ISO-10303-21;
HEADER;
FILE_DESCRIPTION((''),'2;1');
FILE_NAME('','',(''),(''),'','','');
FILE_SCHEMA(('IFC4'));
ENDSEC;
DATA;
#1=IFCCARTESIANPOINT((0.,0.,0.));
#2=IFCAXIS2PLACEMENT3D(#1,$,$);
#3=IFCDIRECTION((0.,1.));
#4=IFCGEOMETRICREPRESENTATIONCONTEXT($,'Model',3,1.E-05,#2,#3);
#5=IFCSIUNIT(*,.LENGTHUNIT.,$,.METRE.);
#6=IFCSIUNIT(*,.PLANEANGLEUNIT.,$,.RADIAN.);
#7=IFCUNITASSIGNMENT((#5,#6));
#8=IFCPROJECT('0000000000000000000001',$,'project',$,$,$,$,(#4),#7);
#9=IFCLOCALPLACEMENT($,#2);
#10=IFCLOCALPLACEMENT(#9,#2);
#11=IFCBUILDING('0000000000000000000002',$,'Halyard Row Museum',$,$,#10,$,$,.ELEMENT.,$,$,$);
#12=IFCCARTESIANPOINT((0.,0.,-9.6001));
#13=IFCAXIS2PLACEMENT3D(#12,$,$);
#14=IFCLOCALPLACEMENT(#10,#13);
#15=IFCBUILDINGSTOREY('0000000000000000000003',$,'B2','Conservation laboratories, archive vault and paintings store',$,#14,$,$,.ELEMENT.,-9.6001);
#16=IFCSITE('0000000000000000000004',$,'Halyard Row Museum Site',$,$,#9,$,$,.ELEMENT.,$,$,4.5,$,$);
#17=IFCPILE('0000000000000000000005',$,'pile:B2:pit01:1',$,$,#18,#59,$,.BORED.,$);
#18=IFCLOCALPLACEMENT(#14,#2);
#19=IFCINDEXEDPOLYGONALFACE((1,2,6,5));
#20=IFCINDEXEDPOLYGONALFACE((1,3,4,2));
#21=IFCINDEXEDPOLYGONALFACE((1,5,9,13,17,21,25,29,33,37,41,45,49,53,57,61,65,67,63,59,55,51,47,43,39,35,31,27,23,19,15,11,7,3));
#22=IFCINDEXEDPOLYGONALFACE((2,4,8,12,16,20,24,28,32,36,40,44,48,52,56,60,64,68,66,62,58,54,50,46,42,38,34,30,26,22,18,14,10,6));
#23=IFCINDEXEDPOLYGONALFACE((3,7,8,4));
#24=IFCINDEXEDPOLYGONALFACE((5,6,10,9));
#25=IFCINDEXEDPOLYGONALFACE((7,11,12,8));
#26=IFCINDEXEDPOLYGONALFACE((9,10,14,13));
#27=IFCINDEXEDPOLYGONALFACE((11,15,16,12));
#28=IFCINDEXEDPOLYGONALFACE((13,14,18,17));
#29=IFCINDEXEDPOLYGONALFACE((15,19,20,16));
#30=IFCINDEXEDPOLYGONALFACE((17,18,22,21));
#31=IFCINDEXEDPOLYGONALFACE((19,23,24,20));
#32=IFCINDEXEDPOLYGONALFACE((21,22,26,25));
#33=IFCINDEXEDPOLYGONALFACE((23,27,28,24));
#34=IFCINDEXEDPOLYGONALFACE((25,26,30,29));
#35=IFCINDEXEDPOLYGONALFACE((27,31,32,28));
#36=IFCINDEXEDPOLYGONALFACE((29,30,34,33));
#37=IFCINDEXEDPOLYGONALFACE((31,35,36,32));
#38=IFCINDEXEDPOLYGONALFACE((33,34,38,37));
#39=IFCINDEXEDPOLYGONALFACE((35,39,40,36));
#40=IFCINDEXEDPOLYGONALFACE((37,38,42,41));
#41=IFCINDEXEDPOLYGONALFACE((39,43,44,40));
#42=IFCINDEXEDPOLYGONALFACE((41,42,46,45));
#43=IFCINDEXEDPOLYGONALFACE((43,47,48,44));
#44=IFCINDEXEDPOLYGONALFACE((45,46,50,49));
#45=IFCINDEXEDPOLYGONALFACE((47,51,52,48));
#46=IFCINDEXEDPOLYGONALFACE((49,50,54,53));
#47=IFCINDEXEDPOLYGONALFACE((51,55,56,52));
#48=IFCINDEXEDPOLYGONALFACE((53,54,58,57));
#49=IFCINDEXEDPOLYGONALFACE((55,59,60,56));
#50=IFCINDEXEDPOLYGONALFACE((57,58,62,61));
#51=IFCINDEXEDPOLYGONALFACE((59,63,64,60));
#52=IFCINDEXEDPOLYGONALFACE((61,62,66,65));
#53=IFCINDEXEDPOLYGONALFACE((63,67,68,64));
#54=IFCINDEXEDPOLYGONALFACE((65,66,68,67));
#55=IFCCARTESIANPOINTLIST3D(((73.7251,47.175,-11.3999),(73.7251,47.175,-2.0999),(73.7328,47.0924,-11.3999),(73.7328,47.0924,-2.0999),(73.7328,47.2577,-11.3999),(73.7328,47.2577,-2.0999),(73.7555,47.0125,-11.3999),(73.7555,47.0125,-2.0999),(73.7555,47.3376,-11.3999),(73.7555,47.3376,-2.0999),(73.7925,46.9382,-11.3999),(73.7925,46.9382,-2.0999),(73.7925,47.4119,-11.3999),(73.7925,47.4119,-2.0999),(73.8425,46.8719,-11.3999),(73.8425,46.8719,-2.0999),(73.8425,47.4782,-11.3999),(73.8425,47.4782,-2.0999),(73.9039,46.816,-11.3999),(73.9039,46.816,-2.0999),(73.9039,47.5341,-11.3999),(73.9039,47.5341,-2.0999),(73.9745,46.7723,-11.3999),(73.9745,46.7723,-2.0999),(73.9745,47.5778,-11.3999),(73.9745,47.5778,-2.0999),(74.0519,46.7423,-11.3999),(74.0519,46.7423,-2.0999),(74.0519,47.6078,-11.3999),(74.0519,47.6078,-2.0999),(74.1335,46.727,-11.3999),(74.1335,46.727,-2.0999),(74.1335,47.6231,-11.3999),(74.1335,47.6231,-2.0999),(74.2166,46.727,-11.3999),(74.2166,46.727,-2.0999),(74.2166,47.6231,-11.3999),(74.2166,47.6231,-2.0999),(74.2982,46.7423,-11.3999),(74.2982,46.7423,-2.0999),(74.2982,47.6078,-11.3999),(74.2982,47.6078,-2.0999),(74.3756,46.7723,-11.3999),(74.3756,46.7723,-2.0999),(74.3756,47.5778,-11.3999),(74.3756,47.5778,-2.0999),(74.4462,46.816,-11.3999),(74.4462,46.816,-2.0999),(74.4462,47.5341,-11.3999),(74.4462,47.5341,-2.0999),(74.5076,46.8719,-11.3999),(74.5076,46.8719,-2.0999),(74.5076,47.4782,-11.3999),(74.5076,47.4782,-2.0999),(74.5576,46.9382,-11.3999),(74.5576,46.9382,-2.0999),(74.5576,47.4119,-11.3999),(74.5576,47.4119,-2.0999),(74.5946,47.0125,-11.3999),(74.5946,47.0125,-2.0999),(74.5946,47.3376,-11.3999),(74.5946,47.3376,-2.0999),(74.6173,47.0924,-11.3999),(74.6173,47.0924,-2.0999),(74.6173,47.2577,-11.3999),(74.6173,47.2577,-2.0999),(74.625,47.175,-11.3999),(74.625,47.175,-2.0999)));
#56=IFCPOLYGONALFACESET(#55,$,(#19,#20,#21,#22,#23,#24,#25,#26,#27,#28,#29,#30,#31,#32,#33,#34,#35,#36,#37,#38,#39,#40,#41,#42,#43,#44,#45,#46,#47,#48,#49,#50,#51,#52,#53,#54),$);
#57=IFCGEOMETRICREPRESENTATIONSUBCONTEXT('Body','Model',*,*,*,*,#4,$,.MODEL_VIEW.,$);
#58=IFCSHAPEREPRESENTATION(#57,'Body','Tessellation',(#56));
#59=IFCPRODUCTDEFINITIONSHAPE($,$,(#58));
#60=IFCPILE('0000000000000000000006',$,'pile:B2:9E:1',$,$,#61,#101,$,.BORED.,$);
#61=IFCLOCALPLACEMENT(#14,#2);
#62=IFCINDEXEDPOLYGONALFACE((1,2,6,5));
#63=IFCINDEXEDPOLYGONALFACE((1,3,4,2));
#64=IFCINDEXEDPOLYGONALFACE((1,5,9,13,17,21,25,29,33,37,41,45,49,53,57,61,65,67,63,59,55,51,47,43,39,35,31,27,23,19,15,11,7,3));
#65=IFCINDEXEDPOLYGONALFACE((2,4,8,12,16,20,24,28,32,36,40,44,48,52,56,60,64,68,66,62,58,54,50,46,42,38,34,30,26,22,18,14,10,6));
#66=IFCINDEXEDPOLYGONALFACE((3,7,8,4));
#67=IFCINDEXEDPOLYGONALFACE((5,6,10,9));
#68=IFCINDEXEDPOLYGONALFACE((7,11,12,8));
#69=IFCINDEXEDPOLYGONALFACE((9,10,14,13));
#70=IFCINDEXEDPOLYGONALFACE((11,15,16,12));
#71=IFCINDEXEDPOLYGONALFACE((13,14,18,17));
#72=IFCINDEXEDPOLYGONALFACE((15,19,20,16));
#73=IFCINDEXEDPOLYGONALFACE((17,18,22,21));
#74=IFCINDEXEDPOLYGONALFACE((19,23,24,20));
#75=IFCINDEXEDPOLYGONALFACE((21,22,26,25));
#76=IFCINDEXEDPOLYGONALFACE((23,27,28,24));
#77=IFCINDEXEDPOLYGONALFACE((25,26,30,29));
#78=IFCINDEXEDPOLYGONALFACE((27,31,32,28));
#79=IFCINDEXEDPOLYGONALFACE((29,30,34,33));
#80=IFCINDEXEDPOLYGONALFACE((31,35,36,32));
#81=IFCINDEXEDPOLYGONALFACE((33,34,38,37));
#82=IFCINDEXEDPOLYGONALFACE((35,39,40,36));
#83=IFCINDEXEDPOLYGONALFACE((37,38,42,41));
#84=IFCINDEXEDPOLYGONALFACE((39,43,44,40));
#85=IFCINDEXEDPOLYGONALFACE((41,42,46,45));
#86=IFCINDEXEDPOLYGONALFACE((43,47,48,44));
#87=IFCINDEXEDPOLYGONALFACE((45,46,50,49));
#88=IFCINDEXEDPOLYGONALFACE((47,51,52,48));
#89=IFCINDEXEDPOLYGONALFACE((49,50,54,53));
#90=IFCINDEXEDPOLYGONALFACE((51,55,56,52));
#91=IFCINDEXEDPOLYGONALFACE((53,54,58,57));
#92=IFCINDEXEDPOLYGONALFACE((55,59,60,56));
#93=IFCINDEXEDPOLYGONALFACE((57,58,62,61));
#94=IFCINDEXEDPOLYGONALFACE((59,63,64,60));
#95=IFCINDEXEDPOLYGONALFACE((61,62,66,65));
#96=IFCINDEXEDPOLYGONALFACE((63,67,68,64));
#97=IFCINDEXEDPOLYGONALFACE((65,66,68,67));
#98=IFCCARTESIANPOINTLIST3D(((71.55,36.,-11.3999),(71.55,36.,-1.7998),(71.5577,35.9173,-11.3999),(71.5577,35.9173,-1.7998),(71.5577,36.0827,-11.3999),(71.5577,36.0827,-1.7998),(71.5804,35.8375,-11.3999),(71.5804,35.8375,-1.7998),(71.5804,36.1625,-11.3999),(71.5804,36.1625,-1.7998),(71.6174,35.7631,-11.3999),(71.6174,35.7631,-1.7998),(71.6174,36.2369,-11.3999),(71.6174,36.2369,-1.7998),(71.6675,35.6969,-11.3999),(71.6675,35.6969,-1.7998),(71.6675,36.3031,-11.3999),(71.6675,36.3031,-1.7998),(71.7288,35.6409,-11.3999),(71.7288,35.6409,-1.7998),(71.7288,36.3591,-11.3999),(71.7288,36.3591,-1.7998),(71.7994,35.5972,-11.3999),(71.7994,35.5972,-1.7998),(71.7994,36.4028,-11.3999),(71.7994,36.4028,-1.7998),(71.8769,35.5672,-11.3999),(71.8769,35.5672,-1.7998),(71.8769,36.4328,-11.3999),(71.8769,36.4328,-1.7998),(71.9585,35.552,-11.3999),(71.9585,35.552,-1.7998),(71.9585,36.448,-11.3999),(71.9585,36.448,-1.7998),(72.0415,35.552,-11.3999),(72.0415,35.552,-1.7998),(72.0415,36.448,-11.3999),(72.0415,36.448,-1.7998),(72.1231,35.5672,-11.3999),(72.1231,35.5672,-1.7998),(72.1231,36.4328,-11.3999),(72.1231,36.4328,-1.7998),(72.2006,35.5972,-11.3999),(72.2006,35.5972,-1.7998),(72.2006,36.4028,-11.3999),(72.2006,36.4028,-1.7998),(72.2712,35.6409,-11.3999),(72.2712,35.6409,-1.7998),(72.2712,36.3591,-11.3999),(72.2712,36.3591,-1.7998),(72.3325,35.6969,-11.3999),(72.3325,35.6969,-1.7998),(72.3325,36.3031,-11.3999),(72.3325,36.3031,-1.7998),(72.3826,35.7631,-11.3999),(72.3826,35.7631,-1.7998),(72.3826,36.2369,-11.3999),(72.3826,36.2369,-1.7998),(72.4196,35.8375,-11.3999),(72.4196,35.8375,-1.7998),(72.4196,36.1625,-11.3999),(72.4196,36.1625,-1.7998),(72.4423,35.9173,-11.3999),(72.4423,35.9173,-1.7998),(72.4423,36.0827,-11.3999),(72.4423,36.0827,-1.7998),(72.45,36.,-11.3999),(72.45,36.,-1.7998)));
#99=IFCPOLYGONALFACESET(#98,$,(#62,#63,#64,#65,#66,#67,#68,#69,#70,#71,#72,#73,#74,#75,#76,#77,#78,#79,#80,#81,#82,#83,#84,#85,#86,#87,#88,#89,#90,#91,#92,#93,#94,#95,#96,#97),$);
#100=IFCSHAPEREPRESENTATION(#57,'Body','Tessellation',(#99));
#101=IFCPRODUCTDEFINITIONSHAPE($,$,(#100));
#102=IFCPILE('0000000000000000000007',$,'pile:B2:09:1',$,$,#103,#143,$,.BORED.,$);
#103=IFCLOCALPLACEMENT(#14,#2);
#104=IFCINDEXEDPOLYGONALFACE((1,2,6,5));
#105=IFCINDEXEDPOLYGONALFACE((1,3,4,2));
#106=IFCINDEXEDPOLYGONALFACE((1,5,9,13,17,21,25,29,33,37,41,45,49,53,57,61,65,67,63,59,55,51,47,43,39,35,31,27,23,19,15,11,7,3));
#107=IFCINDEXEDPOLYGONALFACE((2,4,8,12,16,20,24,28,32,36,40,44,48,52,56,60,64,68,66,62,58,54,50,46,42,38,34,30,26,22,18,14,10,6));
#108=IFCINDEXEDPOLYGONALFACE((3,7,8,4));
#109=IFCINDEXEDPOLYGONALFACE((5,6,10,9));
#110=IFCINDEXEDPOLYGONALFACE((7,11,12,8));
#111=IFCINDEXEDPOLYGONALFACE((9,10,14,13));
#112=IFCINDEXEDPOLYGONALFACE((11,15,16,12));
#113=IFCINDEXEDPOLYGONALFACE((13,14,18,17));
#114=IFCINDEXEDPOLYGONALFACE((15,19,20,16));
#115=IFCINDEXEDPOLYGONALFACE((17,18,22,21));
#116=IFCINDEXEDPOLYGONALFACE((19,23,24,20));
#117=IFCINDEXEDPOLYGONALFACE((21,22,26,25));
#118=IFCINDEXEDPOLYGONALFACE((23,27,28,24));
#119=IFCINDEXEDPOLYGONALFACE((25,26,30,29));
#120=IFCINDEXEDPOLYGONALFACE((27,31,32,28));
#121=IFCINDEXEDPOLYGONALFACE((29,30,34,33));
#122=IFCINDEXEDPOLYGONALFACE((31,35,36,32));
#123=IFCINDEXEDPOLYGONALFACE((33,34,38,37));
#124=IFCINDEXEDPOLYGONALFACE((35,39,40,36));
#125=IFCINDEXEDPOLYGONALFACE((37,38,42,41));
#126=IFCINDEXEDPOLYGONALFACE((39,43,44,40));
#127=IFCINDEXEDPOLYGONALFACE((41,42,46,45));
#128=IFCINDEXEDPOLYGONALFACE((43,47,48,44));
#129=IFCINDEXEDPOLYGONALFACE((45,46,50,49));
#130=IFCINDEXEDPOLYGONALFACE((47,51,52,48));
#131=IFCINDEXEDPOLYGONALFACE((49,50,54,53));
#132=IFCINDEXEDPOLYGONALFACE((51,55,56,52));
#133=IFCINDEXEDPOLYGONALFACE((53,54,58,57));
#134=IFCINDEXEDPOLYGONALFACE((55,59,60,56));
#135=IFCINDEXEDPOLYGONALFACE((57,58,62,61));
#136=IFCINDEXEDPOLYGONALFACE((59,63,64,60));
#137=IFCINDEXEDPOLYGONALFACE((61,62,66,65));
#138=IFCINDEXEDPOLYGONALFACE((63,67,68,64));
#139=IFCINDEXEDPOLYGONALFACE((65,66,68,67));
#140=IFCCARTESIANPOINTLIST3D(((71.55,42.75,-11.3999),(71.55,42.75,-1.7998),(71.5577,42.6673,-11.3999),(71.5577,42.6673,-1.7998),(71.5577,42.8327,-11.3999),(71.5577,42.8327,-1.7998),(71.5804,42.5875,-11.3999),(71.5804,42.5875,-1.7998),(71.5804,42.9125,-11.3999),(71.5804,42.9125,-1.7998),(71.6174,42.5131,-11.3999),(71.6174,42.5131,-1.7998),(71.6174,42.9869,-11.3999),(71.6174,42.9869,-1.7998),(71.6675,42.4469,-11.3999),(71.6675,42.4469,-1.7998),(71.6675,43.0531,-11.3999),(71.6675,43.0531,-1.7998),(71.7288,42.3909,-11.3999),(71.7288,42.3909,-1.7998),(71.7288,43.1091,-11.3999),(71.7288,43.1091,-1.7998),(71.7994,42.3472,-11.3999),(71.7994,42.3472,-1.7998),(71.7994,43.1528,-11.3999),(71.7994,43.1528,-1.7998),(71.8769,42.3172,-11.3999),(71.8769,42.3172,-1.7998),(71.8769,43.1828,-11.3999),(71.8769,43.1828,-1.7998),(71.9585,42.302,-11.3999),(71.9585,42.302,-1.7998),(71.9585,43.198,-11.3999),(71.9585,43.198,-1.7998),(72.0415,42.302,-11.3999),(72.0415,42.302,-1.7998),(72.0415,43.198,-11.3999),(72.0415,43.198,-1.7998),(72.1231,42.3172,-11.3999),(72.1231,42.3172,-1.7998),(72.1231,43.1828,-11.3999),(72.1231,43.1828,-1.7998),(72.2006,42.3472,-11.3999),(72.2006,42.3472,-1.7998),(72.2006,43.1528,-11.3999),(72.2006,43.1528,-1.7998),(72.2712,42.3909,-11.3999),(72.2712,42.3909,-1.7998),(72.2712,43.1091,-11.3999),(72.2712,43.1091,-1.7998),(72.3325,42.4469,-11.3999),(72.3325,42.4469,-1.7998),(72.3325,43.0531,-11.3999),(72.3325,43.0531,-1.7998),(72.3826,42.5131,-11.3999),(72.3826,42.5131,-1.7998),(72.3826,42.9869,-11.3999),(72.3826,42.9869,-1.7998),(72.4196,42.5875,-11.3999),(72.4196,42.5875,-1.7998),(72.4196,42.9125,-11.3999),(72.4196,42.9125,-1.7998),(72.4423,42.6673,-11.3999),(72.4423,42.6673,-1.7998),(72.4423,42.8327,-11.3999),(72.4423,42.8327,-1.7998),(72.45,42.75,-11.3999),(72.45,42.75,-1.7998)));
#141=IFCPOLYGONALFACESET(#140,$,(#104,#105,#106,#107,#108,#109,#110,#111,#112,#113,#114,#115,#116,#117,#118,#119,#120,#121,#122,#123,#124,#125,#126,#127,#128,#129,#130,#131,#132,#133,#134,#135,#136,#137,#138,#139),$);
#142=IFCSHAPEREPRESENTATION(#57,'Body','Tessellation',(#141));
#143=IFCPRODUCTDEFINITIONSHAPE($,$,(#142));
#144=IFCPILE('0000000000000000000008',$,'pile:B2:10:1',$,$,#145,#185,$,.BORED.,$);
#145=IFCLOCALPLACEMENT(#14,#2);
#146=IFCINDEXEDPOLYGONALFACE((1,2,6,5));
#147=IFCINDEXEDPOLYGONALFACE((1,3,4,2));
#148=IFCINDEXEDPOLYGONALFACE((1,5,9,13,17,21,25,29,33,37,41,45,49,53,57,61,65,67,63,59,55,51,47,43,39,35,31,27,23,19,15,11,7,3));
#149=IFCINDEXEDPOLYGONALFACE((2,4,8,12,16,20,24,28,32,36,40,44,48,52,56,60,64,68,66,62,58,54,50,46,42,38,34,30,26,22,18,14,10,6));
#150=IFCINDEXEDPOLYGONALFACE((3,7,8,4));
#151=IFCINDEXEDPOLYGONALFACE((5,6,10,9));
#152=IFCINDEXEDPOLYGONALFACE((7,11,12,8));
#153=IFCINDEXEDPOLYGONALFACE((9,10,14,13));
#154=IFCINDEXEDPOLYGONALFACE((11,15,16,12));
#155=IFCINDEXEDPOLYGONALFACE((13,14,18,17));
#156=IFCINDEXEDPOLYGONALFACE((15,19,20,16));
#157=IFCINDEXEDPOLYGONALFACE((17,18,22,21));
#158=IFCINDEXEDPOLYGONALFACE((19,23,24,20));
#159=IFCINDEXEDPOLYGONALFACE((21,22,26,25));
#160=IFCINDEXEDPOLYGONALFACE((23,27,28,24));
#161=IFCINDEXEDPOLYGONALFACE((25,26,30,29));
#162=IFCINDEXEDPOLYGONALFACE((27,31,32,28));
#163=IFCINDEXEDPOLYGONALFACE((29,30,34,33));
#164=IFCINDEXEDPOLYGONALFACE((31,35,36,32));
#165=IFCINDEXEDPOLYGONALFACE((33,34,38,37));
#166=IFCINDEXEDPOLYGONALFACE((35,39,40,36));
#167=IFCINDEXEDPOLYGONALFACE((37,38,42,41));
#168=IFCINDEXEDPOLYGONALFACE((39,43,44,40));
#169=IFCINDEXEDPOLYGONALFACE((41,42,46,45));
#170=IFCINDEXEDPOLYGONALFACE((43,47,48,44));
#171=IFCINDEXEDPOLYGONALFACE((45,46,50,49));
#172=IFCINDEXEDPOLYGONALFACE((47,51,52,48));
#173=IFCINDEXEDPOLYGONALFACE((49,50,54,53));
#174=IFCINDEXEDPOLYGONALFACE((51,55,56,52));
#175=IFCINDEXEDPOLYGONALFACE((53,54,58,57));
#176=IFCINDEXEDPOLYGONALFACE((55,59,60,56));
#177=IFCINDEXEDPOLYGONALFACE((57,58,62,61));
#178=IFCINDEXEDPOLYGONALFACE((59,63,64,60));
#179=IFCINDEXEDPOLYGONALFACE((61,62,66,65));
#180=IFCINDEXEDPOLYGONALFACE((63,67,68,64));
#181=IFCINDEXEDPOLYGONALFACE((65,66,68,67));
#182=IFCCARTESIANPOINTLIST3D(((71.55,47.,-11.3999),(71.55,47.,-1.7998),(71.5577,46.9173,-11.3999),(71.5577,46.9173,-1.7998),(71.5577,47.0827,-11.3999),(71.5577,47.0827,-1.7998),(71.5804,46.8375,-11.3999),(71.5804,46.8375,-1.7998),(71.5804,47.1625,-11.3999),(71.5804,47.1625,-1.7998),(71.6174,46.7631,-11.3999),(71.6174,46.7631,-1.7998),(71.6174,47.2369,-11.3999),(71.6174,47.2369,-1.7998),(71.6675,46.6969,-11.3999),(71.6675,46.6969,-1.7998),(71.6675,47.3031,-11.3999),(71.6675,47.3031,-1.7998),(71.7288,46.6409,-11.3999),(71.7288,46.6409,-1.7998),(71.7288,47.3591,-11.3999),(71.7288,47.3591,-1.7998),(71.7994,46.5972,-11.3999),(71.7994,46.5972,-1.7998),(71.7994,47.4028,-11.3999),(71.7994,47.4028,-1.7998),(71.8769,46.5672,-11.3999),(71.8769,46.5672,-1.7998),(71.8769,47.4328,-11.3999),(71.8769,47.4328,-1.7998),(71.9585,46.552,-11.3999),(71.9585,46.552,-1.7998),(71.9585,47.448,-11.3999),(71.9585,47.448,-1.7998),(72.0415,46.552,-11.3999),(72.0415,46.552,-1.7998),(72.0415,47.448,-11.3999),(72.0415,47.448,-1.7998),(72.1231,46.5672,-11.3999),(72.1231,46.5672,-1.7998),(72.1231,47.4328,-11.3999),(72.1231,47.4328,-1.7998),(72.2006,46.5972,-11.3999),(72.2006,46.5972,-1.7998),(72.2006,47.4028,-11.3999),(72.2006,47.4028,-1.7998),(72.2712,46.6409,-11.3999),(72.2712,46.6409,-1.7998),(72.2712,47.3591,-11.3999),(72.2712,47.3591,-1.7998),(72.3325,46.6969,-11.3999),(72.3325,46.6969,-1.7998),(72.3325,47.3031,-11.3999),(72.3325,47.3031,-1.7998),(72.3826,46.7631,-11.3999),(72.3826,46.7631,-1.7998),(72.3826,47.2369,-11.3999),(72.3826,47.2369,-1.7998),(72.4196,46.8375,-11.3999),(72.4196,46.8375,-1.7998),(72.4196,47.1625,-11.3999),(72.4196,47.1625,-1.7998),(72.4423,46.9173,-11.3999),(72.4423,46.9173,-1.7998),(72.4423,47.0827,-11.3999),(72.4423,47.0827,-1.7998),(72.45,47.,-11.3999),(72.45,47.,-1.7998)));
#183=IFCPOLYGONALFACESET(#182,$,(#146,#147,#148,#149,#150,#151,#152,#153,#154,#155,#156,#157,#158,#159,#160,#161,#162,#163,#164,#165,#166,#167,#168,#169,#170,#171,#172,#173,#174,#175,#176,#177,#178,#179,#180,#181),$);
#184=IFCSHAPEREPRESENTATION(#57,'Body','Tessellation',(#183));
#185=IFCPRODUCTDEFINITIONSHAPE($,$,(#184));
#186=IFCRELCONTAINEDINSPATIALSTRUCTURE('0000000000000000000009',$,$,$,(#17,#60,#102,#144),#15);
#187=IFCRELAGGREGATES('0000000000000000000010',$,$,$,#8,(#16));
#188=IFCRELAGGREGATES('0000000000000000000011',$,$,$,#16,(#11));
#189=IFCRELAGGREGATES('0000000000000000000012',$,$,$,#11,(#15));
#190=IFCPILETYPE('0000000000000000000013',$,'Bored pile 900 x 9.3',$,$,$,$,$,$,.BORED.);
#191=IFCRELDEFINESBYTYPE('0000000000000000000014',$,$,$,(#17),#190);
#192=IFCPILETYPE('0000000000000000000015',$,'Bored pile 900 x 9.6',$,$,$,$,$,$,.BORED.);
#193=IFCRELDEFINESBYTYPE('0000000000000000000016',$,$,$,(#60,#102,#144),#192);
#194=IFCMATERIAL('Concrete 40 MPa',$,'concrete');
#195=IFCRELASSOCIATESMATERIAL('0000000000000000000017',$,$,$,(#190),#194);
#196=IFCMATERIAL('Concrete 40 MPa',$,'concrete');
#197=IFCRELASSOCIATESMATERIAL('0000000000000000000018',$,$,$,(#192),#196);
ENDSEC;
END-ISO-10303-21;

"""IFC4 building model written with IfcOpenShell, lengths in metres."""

from ifc_helpers import new_model, si_unit, direction, frame, origin, origin_2d, place, context, subcontext, project, spatial, circle, extrude, material, material_profile, profile_set, type_object, element, save


model = new_model("IFC4")

# Units and contexts
model_context = context("Model", 3, precision=1e-05, world=origin(), true_north=direction((0.0, 1.0)))
body_context = subcontext(model_context, "Body", "Model", "MODEL_VIEW")
ifc_project = project(units=[si_unit("LENGTHUNIT", "METRE"), si_unit("PLANEANGLEUNIT", "RADIAN")], contexts=[model_context])

# Site, building, storey
site_placement = place(None, origin())
site = spatial("IfcSite", under=ifc_project, at=site_placement, Name="Halyard Row Museum Site", CompositionType="ELEMENT", RefElevation=4.5)
building_placement = place(site_placement, origin())
building = spatial("IfcBuilding", under=site, at=building_placement, Name="Halyard Row Museum", CompositionType="ELEMENT")
storey_placement = place(building_placement, frame((0.0, 0.0, -9.6001)))
storey = spatial("IfcBuildingStorey", under=building, at=storey_placement, Name="B2", Description="Conservation laboratories, archive vault and paintings store", CompositionType="ELEMENT", Elevation=-9.6001)

# Piles
ifc_material_1 = material(Name="Concrete 40 MPa", Category="concrete")
ifc_material_profile_1 = material_profile(ifc_material_1, circle(Radius=0.45, at=origin_2d()), Name="Bored pile 900 x 9.3")
ifc_profile_set_1 = profile_set([ifc_material_profile_1], Name="Concrete 40 MPa")
pile_type_1 = type_object("IfcPileType", Name="Bored pile 900 x 9.3", PredefinedType="BORED", material=ifc_profile_set_1)
pile_1_placement = place(storey_placement, frame((74.175, 47.175, -2.0999), z_axis=(0.0, 0.0, -1.0), x_axis=(1.0, 0.0, 0.0)))
element("IfcPile", 1, at=pile_1_placement, inside=storey, type_object=pile_type_1, Name="pile:B2:pit01:1", PredefinedType="BORED", context=body_context, shape_type="SweptSolid", body=[
    extrude(circle(Radius=0.45, at=origin_2d()), origin(), (0.0, 0.0, 1.0), 9.3),
])
ifc_material_2 = material(Name="Concrete 40 MPa", Category="concrete")
ifc_material_profile_2 = material_profile(ifc_material_2, circle(Radius=0.45, at=origin_2d()), Name="Bored pile 900 x 9.6")
ifc_profile_set_2 = profile_set([ifc_material_profile_2], Name="Concrete 40 MPa")
pile_type_2 = type_object("IfcPileType", Name="Bored pile 900 x 9.6", PredefinedType="BORED", material=ifc_profile_set_2)
for number, where, z_axis, x_axis, name in (
    (2, (72.0, 36.0, -1.7998), (0.0, 0.0, -1.0), (1.0, 0.0, 0.0), "pile:B2:9E:1"),
    (3, (72.0, 42.75, -1.7998), (0.0, 0.0, -1.0), (1.0, 0.0, 0.0), "pile:B2:09:1"),
    (4, (72.0, 47.0, -1.7998), (0.0, 0.0, -1.0), (1.0, 0.0, 0.0), "pile:B2:10:1"),
):
    element("IfcPile", number, at=place(storey_placement, frame(where, z_axis=z_axis, x_axis=x_axis)), inside=storey, type_object=pile_type_2, Name=name, PredefinedType="BORED", context=body_context, shape_type="SweptSolid", body=[
        extrude(circle(Radius=0.45, at=origin_2d()), origin(), (0.0, 0.0, 1.0), 9.6001),
    ])

save(model, "model.ifc")
